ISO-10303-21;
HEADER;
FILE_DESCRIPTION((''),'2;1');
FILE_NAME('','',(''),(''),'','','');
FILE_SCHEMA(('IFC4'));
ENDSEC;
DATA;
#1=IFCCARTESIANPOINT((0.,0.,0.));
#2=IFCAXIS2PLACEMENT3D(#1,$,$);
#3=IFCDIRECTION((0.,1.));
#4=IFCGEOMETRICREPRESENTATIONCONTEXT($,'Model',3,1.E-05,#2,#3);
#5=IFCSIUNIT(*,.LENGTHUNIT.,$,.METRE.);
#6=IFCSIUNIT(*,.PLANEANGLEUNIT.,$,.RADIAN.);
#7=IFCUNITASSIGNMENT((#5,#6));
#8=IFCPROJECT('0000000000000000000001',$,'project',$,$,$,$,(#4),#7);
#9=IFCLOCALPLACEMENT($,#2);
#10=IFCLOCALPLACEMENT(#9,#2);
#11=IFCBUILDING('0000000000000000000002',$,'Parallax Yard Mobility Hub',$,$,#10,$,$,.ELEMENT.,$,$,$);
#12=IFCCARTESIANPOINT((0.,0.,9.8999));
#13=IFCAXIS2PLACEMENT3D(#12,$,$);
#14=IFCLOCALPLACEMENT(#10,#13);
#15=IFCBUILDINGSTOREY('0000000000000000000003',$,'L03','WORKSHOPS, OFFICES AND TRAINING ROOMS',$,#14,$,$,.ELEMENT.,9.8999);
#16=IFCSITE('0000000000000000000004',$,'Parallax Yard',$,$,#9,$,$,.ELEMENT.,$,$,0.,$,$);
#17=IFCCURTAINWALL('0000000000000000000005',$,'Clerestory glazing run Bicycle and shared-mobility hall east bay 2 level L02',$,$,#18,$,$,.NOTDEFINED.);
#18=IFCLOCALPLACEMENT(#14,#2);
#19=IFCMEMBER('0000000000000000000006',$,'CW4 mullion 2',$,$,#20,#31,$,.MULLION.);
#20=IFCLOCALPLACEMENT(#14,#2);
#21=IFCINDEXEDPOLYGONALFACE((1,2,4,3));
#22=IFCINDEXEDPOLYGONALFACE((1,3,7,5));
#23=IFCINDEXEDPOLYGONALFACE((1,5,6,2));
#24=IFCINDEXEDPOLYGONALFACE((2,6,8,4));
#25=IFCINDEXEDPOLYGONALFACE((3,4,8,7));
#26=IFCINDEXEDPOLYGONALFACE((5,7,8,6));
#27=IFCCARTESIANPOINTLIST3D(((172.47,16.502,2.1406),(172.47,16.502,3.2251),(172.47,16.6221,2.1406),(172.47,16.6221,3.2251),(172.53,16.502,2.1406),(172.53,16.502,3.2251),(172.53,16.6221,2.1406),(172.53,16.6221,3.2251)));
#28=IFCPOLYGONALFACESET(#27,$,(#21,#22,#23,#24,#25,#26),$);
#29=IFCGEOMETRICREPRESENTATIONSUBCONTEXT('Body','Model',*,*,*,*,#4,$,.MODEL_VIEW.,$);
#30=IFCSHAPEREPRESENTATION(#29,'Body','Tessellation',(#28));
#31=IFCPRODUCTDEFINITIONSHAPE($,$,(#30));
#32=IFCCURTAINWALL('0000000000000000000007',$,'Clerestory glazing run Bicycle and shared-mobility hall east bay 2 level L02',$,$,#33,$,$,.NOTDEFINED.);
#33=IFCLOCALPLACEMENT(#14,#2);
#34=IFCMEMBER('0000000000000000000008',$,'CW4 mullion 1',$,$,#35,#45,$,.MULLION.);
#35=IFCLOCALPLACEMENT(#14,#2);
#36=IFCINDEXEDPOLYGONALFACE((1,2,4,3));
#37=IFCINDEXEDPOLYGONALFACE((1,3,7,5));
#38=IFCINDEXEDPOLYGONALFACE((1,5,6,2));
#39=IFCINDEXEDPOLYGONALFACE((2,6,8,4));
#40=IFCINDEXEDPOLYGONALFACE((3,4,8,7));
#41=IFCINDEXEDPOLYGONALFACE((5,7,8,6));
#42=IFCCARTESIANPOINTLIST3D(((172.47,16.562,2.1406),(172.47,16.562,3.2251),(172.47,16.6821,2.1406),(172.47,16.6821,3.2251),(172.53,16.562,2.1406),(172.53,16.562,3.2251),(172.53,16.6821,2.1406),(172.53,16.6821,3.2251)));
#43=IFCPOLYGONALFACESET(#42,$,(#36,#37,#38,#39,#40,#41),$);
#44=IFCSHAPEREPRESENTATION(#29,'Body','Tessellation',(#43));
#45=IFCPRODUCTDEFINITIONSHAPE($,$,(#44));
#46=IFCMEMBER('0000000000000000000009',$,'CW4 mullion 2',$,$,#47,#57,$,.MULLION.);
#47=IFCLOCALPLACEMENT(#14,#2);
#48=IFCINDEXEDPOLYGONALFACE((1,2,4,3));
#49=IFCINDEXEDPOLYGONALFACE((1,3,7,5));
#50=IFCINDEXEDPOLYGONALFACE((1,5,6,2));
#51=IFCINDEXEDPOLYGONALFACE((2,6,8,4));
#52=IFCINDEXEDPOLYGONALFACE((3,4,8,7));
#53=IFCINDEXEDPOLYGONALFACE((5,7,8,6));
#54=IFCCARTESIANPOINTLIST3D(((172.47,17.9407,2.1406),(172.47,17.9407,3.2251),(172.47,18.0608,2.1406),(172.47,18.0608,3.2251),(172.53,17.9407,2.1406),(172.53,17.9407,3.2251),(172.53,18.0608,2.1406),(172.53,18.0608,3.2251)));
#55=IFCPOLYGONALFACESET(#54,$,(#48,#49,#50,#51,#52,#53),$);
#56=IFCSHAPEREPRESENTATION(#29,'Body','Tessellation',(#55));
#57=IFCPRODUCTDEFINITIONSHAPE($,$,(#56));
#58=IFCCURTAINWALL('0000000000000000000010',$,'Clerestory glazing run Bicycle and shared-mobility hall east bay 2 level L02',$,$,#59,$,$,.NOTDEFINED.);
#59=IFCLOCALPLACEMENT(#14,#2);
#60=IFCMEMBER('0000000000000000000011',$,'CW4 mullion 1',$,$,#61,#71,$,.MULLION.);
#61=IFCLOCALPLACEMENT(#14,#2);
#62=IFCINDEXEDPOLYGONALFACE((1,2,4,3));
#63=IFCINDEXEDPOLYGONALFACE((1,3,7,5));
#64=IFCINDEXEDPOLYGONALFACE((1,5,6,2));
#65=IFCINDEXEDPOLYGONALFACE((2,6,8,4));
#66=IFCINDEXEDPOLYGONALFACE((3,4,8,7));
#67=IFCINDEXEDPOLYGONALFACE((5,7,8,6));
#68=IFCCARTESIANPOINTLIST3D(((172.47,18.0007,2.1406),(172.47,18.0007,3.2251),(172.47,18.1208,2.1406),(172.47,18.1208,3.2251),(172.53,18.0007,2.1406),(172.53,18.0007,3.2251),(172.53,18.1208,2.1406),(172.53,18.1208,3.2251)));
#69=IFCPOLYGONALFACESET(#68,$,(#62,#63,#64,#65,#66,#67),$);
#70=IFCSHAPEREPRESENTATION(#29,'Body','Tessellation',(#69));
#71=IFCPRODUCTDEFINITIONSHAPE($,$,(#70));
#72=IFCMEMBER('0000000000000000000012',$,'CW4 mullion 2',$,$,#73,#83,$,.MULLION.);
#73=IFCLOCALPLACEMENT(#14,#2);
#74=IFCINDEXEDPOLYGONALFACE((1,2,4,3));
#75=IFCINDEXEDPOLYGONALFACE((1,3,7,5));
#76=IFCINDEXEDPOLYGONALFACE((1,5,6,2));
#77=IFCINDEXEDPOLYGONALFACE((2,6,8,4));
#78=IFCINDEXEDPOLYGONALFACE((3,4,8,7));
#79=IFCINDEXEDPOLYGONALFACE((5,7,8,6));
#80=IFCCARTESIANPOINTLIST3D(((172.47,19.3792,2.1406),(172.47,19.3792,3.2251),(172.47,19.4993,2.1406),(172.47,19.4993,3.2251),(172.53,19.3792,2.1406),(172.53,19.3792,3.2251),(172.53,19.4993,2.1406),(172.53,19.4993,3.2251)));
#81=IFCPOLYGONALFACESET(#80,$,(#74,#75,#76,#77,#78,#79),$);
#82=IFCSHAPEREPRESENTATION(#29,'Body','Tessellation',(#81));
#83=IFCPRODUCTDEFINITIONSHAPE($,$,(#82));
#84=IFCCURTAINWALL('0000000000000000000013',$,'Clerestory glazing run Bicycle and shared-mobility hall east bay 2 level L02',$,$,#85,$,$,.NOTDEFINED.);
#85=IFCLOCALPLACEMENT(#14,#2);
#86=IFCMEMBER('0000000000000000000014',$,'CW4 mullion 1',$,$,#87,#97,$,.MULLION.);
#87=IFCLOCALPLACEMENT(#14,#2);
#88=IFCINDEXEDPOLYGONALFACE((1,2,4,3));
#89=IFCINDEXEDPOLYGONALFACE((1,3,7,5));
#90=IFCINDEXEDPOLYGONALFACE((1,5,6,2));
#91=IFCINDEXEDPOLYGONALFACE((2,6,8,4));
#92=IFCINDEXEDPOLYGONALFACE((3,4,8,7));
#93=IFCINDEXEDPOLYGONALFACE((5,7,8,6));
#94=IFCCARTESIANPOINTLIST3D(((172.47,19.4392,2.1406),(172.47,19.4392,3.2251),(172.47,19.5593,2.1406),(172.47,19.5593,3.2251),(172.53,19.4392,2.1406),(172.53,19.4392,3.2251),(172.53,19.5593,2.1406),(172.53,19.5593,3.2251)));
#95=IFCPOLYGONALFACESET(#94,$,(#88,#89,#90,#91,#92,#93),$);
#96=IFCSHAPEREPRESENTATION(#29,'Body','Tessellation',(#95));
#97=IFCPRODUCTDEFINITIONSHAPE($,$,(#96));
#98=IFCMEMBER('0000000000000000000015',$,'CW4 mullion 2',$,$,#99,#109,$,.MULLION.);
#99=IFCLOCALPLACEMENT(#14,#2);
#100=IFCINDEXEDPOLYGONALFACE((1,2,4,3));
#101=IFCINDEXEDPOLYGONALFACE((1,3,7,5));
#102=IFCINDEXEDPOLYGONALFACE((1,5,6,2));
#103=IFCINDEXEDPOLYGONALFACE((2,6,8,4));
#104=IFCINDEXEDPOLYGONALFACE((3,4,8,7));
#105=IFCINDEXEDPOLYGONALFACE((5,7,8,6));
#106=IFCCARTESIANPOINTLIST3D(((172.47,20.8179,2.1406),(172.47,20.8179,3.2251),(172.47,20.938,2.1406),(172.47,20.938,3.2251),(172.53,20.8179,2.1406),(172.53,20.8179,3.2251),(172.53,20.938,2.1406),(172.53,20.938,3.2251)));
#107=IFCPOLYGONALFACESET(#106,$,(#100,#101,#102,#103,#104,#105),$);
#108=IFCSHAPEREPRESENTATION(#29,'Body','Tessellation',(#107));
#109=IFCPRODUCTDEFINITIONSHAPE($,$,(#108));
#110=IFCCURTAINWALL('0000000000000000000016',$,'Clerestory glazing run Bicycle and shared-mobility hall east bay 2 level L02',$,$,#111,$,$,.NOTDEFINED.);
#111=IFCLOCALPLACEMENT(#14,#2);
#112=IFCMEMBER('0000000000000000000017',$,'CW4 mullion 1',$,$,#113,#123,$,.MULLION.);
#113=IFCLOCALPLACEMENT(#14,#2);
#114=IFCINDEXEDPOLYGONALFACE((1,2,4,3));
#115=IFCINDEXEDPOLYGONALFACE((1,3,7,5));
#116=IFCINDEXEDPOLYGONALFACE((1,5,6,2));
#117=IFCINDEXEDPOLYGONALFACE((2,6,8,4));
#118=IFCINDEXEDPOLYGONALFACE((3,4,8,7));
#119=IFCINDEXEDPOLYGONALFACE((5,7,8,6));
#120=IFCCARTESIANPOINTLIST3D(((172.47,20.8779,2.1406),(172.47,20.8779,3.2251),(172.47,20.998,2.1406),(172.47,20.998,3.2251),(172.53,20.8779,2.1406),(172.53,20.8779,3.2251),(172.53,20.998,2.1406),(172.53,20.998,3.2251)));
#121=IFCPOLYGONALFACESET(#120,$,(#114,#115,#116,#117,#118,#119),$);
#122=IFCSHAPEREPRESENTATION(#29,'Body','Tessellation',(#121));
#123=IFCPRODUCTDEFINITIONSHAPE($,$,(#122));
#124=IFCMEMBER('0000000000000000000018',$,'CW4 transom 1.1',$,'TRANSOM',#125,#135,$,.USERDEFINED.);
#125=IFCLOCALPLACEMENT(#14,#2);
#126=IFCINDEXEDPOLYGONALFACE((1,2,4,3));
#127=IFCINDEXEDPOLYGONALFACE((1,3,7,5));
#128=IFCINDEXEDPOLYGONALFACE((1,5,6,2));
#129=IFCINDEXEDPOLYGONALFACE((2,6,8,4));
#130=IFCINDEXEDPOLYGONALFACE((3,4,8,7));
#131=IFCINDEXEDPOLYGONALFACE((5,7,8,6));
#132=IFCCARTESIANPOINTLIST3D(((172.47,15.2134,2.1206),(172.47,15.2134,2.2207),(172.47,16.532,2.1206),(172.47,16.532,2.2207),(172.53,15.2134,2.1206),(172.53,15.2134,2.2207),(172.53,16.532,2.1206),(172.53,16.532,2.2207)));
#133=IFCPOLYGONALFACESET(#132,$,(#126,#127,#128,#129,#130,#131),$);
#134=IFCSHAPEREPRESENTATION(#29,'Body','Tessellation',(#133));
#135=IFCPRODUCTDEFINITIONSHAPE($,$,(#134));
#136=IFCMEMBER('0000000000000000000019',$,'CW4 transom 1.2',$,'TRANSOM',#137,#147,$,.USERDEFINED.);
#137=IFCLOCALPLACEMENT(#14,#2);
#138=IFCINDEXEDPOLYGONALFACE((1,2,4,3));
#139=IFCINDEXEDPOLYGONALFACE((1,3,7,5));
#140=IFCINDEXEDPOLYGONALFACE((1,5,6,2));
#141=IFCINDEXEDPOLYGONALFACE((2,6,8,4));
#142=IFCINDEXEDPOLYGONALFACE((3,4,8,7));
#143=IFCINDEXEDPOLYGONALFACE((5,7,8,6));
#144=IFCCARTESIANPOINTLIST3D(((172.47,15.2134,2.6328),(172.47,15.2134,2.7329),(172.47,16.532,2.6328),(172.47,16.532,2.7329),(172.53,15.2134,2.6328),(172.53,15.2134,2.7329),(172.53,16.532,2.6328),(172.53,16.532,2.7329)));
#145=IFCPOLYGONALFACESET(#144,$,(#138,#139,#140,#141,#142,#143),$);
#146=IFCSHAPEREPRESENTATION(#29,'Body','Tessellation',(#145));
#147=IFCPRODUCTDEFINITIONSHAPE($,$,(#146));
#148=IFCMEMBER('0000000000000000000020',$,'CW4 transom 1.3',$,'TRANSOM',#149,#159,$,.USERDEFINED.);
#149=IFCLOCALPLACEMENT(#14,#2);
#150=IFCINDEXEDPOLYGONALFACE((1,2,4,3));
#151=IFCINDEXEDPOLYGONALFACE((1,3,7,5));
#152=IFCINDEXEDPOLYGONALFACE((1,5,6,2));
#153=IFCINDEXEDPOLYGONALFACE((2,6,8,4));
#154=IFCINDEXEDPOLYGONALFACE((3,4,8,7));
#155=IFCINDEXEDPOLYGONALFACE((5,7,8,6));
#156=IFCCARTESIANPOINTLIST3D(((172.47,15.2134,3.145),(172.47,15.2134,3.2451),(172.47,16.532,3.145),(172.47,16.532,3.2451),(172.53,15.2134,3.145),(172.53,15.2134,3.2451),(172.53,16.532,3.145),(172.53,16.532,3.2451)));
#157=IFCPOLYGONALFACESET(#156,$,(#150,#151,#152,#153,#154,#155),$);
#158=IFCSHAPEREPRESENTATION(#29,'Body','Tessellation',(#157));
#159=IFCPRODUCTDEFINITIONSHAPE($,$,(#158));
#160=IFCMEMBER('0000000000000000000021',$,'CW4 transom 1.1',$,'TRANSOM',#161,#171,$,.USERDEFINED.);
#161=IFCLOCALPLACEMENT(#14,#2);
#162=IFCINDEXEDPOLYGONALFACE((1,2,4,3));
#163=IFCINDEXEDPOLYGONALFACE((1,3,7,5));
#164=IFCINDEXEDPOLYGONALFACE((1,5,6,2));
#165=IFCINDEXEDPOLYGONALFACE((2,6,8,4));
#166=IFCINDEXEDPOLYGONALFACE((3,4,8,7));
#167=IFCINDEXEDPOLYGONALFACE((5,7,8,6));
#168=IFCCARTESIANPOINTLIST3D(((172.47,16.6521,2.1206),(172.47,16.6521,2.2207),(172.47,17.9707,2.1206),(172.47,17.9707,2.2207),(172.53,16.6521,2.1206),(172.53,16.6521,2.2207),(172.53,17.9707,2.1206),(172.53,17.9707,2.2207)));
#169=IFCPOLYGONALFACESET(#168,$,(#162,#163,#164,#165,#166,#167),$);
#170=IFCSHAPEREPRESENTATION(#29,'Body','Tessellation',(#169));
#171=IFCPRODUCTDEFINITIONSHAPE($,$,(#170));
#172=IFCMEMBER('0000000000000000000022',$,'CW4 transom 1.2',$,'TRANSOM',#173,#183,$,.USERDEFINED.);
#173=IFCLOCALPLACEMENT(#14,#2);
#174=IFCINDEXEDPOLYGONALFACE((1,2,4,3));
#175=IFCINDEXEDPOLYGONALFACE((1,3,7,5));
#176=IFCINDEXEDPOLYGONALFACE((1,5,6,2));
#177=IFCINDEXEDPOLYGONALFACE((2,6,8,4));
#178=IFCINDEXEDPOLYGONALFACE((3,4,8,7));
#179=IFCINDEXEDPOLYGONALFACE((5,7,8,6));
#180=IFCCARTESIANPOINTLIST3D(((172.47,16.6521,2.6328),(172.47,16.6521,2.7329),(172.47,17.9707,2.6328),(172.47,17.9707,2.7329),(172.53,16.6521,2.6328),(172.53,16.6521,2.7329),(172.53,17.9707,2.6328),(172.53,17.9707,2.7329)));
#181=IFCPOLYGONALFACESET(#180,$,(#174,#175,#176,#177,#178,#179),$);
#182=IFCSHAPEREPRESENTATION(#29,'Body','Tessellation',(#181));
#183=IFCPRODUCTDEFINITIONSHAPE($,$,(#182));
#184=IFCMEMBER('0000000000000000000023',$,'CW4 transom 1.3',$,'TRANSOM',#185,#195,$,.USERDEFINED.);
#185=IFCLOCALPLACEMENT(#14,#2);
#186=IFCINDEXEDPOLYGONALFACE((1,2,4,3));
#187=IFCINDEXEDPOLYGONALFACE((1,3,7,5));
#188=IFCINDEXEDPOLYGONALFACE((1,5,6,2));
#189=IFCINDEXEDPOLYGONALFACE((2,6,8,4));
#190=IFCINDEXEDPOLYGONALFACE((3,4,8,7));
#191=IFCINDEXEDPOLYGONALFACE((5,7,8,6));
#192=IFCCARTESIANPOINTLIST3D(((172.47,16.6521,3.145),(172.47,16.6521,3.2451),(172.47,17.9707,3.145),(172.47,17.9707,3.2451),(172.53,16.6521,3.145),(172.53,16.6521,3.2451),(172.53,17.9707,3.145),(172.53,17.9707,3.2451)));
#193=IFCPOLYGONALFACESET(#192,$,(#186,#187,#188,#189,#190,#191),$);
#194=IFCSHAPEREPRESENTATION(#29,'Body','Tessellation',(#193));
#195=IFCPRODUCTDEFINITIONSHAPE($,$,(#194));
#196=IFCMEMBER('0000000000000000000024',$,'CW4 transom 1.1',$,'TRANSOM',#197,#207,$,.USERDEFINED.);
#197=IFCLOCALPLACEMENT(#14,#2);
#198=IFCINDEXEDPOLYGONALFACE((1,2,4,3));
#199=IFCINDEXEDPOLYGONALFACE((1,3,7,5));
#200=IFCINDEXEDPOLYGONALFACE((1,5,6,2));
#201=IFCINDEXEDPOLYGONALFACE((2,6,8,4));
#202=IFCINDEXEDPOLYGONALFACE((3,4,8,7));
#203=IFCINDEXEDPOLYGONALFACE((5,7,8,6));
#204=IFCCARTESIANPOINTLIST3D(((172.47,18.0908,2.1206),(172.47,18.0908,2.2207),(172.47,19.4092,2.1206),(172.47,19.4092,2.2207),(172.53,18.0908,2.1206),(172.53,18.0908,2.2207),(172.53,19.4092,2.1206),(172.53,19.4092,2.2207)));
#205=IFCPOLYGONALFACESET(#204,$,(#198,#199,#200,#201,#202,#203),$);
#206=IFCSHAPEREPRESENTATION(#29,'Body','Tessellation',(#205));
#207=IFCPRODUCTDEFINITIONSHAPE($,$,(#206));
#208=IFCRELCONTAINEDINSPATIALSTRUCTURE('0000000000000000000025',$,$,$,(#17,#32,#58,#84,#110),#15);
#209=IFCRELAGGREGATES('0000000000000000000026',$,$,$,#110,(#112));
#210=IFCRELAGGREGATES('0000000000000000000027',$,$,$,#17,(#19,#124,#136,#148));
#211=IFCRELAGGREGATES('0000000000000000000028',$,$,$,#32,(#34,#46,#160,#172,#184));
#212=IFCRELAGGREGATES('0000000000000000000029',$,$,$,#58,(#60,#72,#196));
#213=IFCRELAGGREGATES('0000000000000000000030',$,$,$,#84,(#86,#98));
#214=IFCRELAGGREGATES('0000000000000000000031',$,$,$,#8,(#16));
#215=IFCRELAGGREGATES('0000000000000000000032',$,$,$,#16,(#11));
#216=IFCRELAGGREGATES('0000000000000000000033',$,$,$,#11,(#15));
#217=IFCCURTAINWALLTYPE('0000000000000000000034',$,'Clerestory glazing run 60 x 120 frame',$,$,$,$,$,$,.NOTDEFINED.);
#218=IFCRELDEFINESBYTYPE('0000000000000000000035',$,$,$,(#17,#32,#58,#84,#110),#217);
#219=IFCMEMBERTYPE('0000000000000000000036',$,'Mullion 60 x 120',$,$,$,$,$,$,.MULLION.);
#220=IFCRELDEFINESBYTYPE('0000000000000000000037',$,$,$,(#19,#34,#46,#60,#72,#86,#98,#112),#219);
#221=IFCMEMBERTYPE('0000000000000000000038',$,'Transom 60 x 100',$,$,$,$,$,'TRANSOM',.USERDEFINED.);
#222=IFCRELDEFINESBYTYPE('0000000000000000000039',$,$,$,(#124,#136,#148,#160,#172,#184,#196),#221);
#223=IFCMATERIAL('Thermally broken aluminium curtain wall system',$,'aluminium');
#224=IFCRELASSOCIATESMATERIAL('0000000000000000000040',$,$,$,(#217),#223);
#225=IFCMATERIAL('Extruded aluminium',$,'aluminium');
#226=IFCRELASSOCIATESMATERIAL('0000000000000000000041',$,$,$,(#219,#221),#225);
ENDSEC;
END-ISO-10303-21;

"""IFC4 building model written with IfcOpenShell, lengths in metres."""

from ifc_helpers import new_model, si_unit, direction, frame, origin, origin_2d, place, context, subcontext, project, spatial, rectangle, extrude, material, material_profile, profile_set, type_object, element, aggregate, save


model = new_model("IFC4")

# Units and contexts
model_context = context("Model", 3, precision=1e-05, world=origin(), true_north=direction((0.0, 1.0)))
body_context = subcontext(model_context, "Body", "Model", "MODEL_VIEW")
ifc_project = project(units=[si_unit("LENGTHUNIT", "METRE"), si_unit("PLANEANGLEUNIT", "RADIAN")], contexts=[model_context])

# Site, building, storey
site_placement = place(None, origin())
site = spatial("IfcSite", under=ifc_project, at=site_placement, Name="Parallax Yard", CompositionType="ELEMENT", RefElevation=0.0)
building_placement = place(site_placement, origin())
building = spatial("IfcBuilding", under=site, at=building_placement, Name="Parallax Yard Mobility Hub", CompositionType="ELEMENT")
storey_placement = place(building_placement, frame((0.0, 0.0, 9.8999)))
storey = spatial("IfcBuildingStorey", under=building, at=storey_placement, Name="L03", Description="WORKSHOPS, OFFICES AND TRAINING ROOMS", CompositionType="ELEMENT", Elevation=9.8999)

# Curtain wall, member
ifc_material_1 = material(Name="Thermally broken aluminium curtain wall system", Category="aluminium")
curtain_wall_type = type_object("IfcCurtainWallType", Name="Clerestory glazing run 60 x 120 frame", PredefinedType="NOTDEFINED", material=ifc_material_1)
curtain_wall_1_placement = place(storey_placement, origin())
curtain_wall_1 = element("IfcCurtainWall", 1, at=curtain_wall_1_placement, inside=storey, type_object=curtain_wall_type, Name="Clerestory glazing run Bicycle and shared-mobility hall east bay 2 level L02", PredefinedType="NOTDEFINED")
ifc_material_2 = material(Name="Extruded aluminium", Category="aluminium")
ifc_material_profile_1 = material_profile(ifc_material_2, rectangle(XDim=0.0601, YDim=0.1201, at=origin_2d()), Name="Mullion 60 x 120")
ifc_profile_set_1 = profile_set([ifc_material_profile_1], Name="Extruded aluminium")
member_type_1 = type_object("IfcMemberType", Name="Mullion 60 x 120", PredefinedType="MULLION", material=ifc_profile_set_1)
member_1_placement = place(storey_placement, frame((172.5, 16.562, 2.1406), z_axis=(0.0, 0.0, 1.0), x_axis=(-1.0, 0.0, 0.0)))
member_1 = element("IfcMember", 2, at=member_1_placement, type_object=member_type_1, Name="CW4 mullion 2", PredefinedType="MULLION", context=body_context, shape_type="SweptSolid", body=[
    extrude(rectangle(XDim=0.0601, YDim=0.1201, at=origin_2d()), origin(), (0.0, 0.0, 1.0), 1.0845),
])

# Curtain walls, members
curtain_wall_2_placement = place(storey_placement, origin())
curtain_wall_2 = element("IfcCurtainWall", 3, at=curtain_wall_2_placement, inside=storey, type_object=curtain_wall_type, Name="Clerestory glazing run Bicycle and shared-mobility hall east bay 2 level L02", PredefinedType="NOTDEFINED")
member_2_placement = place(storey_placement, frame((172.5, 16.6221, 2.1406), z_axis=(0.0, 0.0, 1.0), x_axis=(-1.0, 0.0, 0.0)))
member_2 = element("IfcMember", 4, at=member_2_placement, type_object=member_type_1, Name="CW4 mullion 1", PredefinedType="MULLION", context=body_context, shape_type="SweptSolid", body=[
    extrude(rectangle(XDim=0.0601, YDim=0.1201, at=origin_2d()), origin(), (0.0, 0.0, 1.0), 1.0845),
])
member_3_placement = place(storey_placement, frame((172.5, 18.0007, 2.1406), z_axis=(0.0, 0.0, 1.0), x_axis=(-1.0, 0.0, 0.0)))
member_3 = element("IfcMember", 5, at=member_3_placement, type_object=member_type_1, Name="CW4 mullion 2", PredefinedType="MULLION", context=body_context, shape_type="SweptSolid", body=[
    extrude(rectangle(XDim=0.0601, YDim=0.1201, at=origin_2d()), origin(), (0.0, 0.0, 1.0), 1.0845),
])
curtain_wall_3_placement = place(storey_placement, origin())
curtain_wall_3 = element("IfcCurtainWall", 6, at=curtain_wall_3_placement, inside=storey, type_object=curtain_wall_type, Name="Clerestory glazing run Bicycle and shared-mobility hall east bay 2 level L02", PredefinedType="NOTDEFINED")
member_4_placement = place(storey_placement, frame((172.5, 18.0608, 2.1406), z_axis=(0.0, 0.0, 1.0), x_axis=(-1.0, 0.0, 0.0)))
member_4 = element("IfcMember", 7, at=member_4_placement, type_object=member_type_1, Name="CW4 mullion 1", PredefinedType="MULLION", context=body_context, shape_type="SweptSolid", body=[
    extrude(rectangle(XDim=0.0601, YDim=0.1201, at=origin_2d()), origin(), (0.0, 0.0, 1.0), 1.0845),
])
member_5_placement = place(storey_placement, frame((172.5, 19.4392, 2.1406), z_axis=(0.0, 0.0, 1.0), x_axis=(-1.0, 0.0, 0.0)))
member_5 = element("IfcMember", 8, at=member_5_placement, type_object=member_type_1, Name="CW4 mullion 2", PredefinedType="MULLION", context=body_context, shape_type="SweptSolid", body=[
    extrude(rectangle(XDim=0.0601, YDim=0.1201, at=origin_2d()), origin(), (0.0, 0.0, 1.0), 1.0845),
])
curtain_wall_4_placement = place(storey_placement, origin())
curtain_wall_4 = element("IfcCurtainWall", 9, at=curtain_wall_4_placement, inside=storey, type_object=curtain_wall_type, Name="Clerestory glazing run Bicycle and shared-mobility hall east bay 2 level L02", PredefinedType="NOTDEFINED")
member_6_placement = place(storey_placement, frame((172.5, 19.4993, 2.1406), z_axis=(0.0, 0.0, 1.0), x_axis=(-1.0, 0.0, 0.0)))
member_6 = element("IfcMember", 10, at=member_6_placement, type_object=member_type_1, Name="CW4 mullion 1", PredefinedType="MULLION", context=body_context, shape_type="SweptSolid", body=[
    extrude(rectangle(XDim=0.0601, YDim=0.1201, at=origin_2d()), origin(), (0.0, 0.0, 1.0), 1.0845),
])
member_7_placement = place(storey_placement, frame((172.5, 20.8779, 2.1406), z_axis=(0.0, 0.0, 1.0), x_axis=(-1.0, 0.0, 0.0)))
member_7 = element("IfcMember", 11, at=member_7_placement, type_object=member_type_1, Name="CW4 mullion 2", PredefinedType="MULLION", context=body_context, shape_type="SweptSolid", body=[
    extrude(rectangle(XDim=0.0601, YDim=0.1201, at=origin_2d()), origin(), (0.0, 0.0, 1.0), 1.0845),
])

# Curtain wall, member
curtain_wall_5_placement = place(storey_placement, origin())
curtain_wall_5 = element("IfcCurtainWall", 12, at=curtain_wall_5_placement, inside=storey, type_object=curtain_wall_type, Name="Clerestory glazing run Bicycle and shared-mobility hall east bay 2 level L02", PredefinedType="NOTDEFINED")
member_8_placement = place(storey_placement, frame((172.5, 20.938, 2.1406), z_axis=(0.0, 0.0, 1.0), x_axis=(-1.0, 0.0, 0.0)))
member_8 = element("IfcMember", 13, at=member_8_placement, type_object=member_type_1, Name="CW4 mullion 1", PredefinedType="MULLION", context=body_context, shape_type="SweptSolid", body=[
    extrude(rectangle(XDim=0.0601, YDim=0.1201, at=origin_2d()), origin(), (0.0, 0.0, 1.0), 1.0845),
])

# Members
ifc_material_profile_2 = material_profile(ifc_material_2, rectangle(XDim=0.0601, YDim=0.1001, at=origin_2d()), Name="Transom 60 x 100")
ifc_profile_set_2 = profile_set([ifc_material_profile_2], Name="Extruded aluminium")
member_type_2 = type_object("IfcMemberType", Name="Transom 60 x 100", ElementType="TRANSOM", PredefinedType="USERDEFINED", material=ifc_profile_set_2)
member_9_placement = place(storey_placement, frame((172.5, 15.2134, 2.1707), z_axis=(0.0, 1.0, 0.0), x_axis=(-1.0, 0.0, 0.0)))
member_9 = element("IfcMember", 14, at=member_9_placement, type_object=member_type_2, Name="CW4 transom 1.1", ObjectType="TRANSOM", PredefinedType="USERDEFINED", context=body_context, shape_type="SweptSolid", body=[
    extrude(rectangle(XDim=0.0601, YDim=0.1001, at=origin_2d()), origin(), (0.0, 0.0, 1.0), 1.3186),
])
member_10_placement = place(storey_placement, frame((172.5, 15.2134, 2.6829), z_axis=(0.0, 1.0, 0.0), x_axis=(-1.0, 0.0, 0.0)))
member_10 = element("IfcMember", 15, at=member_10_placement, type_object=member_type_2, Name="CW4 transom 1.2", ObjectType="TRANSOM", PredefinedType="USERDEFINED", context=body_context, shape_type="SweptSolid", body=[
    extrude(rectangle(XDim=0.0601, YDim=0.1001, at=origin_2d()), origin(), (0.0, 0.0, 1.0), 1.3186),
])
member_11_placement = place(storey_placement, frame((172.5, 15.2134, 3.1951), z_axis=(0.0, 1.0, 0.0), x_axis=(-1.0, 0.0, 0.0)))
member_11 = element("IfcMember", 16, at=member_11_placement, type_object=member_type_2, Name="CW4 transom 1.3", ObjectType="TRANSOM", PredefinedType="USERDEFINED", context=body_context, shape_type="SweptSolid", body=[
    extrude(rectangle(XDim=0.0601, YDim=0.1001, at=origin_2d()), origin(), (0.0, 0.0, 1.0), 1.3186),
])
member_12_placement = place(storey_placement, frame((172.5, 16.6521, 2.1707), z_axis=(0.0, 1.0, 0.0), x_axis=(-1.0, 0.0, 0.0)))
member_12 = element("IfcMember", 17, at=member_12_placement, type_object=member_type_2, Name="CW4 transom 1.1", ObjectType="TRANSOM", PredefinedType="USERDEFINED", context=body_context, shape_type="SweptSolid", body=[
    extrude(rectangle(XDim=0.0601, YDim=0.1001, at=origin_2d()), origin(), (0.0, 0.0, 1.0), 1.3186),
])
member_13_placement = place(storey_placement, frame((172.5, 16.6521, 2.6829), z_axis=(0.0, 1.0, 0.0), x_axis=(-1.0, 0.0, 0.0)))
member_13 = element("IfcMember", 18, at=member_13_placement, type_object=member_type_2, Name="CW4 transom 1.2", ObjectType="TRANSOM", PredefinedType="USERDEFINED", context=body_context, shape_type="SweptSolid", body=[
    extrude(rectangle(XDim=0.0601, YDim=0.1001, at=origin_2d()), origin(), (0.0, 0.0, 1.0), 1.3186),
])
member_14_placement = place(storey_placement, frame((172.5, 16.6521, 3.1951), z_axis=(0.0, 1.0, 0.0), x_axis=(-1.0, 0.0, 0.0)))
member_14 = element("IfcMember", 19, at=member_14_placement, type_object=member_type_2, Name="CW4 transom 1.3", ObjectType="TRANSOM", PredefinedType="USERDEFINED", context=body_context, shape_type="SweptSolid", body=[
    extrude(rectangle(XDim=0.0601, YDim=0.1001, at=origin_2d()), origin(), (0.0, 0.0, 1.0), 1.3186),
])
member_15_placement = place(storey_placement, frame((172.5, 18.0908, 2.1707), z_axis=(0.0, 1.0, 0.0), x_axis=(-1.0, 0.0, 0.0)))
member_15 = element("IfcMember", 20, at=member_15_placement, type_object=member_type_2, Name="CW4 transom 1.1", ObjectType="TRANSOM", PredefinedType="USERDEFINED", context=body_context, shape_type="SweptSolid", body=[
    extrude(rectangle(XDim=0.0601, YDim=0.1001, at=origin_2d()), origin(), (0.0, 0.0, 1.0), 1.3184),
])
aggregate(curtain_wall_5, [member_8])

aggregate(curtain_wall_1, [member_1, member_9, member_10, member_11])
aggregate(curtain_wall_2, [member_2, member_3, member_12, member_13, member_14])
aggregate(curtain_wall_3, [member_4, member_5, member_15])
aggregate(curtain_wall_4, [member_6, member_7])

save(model, "model.ifc")
